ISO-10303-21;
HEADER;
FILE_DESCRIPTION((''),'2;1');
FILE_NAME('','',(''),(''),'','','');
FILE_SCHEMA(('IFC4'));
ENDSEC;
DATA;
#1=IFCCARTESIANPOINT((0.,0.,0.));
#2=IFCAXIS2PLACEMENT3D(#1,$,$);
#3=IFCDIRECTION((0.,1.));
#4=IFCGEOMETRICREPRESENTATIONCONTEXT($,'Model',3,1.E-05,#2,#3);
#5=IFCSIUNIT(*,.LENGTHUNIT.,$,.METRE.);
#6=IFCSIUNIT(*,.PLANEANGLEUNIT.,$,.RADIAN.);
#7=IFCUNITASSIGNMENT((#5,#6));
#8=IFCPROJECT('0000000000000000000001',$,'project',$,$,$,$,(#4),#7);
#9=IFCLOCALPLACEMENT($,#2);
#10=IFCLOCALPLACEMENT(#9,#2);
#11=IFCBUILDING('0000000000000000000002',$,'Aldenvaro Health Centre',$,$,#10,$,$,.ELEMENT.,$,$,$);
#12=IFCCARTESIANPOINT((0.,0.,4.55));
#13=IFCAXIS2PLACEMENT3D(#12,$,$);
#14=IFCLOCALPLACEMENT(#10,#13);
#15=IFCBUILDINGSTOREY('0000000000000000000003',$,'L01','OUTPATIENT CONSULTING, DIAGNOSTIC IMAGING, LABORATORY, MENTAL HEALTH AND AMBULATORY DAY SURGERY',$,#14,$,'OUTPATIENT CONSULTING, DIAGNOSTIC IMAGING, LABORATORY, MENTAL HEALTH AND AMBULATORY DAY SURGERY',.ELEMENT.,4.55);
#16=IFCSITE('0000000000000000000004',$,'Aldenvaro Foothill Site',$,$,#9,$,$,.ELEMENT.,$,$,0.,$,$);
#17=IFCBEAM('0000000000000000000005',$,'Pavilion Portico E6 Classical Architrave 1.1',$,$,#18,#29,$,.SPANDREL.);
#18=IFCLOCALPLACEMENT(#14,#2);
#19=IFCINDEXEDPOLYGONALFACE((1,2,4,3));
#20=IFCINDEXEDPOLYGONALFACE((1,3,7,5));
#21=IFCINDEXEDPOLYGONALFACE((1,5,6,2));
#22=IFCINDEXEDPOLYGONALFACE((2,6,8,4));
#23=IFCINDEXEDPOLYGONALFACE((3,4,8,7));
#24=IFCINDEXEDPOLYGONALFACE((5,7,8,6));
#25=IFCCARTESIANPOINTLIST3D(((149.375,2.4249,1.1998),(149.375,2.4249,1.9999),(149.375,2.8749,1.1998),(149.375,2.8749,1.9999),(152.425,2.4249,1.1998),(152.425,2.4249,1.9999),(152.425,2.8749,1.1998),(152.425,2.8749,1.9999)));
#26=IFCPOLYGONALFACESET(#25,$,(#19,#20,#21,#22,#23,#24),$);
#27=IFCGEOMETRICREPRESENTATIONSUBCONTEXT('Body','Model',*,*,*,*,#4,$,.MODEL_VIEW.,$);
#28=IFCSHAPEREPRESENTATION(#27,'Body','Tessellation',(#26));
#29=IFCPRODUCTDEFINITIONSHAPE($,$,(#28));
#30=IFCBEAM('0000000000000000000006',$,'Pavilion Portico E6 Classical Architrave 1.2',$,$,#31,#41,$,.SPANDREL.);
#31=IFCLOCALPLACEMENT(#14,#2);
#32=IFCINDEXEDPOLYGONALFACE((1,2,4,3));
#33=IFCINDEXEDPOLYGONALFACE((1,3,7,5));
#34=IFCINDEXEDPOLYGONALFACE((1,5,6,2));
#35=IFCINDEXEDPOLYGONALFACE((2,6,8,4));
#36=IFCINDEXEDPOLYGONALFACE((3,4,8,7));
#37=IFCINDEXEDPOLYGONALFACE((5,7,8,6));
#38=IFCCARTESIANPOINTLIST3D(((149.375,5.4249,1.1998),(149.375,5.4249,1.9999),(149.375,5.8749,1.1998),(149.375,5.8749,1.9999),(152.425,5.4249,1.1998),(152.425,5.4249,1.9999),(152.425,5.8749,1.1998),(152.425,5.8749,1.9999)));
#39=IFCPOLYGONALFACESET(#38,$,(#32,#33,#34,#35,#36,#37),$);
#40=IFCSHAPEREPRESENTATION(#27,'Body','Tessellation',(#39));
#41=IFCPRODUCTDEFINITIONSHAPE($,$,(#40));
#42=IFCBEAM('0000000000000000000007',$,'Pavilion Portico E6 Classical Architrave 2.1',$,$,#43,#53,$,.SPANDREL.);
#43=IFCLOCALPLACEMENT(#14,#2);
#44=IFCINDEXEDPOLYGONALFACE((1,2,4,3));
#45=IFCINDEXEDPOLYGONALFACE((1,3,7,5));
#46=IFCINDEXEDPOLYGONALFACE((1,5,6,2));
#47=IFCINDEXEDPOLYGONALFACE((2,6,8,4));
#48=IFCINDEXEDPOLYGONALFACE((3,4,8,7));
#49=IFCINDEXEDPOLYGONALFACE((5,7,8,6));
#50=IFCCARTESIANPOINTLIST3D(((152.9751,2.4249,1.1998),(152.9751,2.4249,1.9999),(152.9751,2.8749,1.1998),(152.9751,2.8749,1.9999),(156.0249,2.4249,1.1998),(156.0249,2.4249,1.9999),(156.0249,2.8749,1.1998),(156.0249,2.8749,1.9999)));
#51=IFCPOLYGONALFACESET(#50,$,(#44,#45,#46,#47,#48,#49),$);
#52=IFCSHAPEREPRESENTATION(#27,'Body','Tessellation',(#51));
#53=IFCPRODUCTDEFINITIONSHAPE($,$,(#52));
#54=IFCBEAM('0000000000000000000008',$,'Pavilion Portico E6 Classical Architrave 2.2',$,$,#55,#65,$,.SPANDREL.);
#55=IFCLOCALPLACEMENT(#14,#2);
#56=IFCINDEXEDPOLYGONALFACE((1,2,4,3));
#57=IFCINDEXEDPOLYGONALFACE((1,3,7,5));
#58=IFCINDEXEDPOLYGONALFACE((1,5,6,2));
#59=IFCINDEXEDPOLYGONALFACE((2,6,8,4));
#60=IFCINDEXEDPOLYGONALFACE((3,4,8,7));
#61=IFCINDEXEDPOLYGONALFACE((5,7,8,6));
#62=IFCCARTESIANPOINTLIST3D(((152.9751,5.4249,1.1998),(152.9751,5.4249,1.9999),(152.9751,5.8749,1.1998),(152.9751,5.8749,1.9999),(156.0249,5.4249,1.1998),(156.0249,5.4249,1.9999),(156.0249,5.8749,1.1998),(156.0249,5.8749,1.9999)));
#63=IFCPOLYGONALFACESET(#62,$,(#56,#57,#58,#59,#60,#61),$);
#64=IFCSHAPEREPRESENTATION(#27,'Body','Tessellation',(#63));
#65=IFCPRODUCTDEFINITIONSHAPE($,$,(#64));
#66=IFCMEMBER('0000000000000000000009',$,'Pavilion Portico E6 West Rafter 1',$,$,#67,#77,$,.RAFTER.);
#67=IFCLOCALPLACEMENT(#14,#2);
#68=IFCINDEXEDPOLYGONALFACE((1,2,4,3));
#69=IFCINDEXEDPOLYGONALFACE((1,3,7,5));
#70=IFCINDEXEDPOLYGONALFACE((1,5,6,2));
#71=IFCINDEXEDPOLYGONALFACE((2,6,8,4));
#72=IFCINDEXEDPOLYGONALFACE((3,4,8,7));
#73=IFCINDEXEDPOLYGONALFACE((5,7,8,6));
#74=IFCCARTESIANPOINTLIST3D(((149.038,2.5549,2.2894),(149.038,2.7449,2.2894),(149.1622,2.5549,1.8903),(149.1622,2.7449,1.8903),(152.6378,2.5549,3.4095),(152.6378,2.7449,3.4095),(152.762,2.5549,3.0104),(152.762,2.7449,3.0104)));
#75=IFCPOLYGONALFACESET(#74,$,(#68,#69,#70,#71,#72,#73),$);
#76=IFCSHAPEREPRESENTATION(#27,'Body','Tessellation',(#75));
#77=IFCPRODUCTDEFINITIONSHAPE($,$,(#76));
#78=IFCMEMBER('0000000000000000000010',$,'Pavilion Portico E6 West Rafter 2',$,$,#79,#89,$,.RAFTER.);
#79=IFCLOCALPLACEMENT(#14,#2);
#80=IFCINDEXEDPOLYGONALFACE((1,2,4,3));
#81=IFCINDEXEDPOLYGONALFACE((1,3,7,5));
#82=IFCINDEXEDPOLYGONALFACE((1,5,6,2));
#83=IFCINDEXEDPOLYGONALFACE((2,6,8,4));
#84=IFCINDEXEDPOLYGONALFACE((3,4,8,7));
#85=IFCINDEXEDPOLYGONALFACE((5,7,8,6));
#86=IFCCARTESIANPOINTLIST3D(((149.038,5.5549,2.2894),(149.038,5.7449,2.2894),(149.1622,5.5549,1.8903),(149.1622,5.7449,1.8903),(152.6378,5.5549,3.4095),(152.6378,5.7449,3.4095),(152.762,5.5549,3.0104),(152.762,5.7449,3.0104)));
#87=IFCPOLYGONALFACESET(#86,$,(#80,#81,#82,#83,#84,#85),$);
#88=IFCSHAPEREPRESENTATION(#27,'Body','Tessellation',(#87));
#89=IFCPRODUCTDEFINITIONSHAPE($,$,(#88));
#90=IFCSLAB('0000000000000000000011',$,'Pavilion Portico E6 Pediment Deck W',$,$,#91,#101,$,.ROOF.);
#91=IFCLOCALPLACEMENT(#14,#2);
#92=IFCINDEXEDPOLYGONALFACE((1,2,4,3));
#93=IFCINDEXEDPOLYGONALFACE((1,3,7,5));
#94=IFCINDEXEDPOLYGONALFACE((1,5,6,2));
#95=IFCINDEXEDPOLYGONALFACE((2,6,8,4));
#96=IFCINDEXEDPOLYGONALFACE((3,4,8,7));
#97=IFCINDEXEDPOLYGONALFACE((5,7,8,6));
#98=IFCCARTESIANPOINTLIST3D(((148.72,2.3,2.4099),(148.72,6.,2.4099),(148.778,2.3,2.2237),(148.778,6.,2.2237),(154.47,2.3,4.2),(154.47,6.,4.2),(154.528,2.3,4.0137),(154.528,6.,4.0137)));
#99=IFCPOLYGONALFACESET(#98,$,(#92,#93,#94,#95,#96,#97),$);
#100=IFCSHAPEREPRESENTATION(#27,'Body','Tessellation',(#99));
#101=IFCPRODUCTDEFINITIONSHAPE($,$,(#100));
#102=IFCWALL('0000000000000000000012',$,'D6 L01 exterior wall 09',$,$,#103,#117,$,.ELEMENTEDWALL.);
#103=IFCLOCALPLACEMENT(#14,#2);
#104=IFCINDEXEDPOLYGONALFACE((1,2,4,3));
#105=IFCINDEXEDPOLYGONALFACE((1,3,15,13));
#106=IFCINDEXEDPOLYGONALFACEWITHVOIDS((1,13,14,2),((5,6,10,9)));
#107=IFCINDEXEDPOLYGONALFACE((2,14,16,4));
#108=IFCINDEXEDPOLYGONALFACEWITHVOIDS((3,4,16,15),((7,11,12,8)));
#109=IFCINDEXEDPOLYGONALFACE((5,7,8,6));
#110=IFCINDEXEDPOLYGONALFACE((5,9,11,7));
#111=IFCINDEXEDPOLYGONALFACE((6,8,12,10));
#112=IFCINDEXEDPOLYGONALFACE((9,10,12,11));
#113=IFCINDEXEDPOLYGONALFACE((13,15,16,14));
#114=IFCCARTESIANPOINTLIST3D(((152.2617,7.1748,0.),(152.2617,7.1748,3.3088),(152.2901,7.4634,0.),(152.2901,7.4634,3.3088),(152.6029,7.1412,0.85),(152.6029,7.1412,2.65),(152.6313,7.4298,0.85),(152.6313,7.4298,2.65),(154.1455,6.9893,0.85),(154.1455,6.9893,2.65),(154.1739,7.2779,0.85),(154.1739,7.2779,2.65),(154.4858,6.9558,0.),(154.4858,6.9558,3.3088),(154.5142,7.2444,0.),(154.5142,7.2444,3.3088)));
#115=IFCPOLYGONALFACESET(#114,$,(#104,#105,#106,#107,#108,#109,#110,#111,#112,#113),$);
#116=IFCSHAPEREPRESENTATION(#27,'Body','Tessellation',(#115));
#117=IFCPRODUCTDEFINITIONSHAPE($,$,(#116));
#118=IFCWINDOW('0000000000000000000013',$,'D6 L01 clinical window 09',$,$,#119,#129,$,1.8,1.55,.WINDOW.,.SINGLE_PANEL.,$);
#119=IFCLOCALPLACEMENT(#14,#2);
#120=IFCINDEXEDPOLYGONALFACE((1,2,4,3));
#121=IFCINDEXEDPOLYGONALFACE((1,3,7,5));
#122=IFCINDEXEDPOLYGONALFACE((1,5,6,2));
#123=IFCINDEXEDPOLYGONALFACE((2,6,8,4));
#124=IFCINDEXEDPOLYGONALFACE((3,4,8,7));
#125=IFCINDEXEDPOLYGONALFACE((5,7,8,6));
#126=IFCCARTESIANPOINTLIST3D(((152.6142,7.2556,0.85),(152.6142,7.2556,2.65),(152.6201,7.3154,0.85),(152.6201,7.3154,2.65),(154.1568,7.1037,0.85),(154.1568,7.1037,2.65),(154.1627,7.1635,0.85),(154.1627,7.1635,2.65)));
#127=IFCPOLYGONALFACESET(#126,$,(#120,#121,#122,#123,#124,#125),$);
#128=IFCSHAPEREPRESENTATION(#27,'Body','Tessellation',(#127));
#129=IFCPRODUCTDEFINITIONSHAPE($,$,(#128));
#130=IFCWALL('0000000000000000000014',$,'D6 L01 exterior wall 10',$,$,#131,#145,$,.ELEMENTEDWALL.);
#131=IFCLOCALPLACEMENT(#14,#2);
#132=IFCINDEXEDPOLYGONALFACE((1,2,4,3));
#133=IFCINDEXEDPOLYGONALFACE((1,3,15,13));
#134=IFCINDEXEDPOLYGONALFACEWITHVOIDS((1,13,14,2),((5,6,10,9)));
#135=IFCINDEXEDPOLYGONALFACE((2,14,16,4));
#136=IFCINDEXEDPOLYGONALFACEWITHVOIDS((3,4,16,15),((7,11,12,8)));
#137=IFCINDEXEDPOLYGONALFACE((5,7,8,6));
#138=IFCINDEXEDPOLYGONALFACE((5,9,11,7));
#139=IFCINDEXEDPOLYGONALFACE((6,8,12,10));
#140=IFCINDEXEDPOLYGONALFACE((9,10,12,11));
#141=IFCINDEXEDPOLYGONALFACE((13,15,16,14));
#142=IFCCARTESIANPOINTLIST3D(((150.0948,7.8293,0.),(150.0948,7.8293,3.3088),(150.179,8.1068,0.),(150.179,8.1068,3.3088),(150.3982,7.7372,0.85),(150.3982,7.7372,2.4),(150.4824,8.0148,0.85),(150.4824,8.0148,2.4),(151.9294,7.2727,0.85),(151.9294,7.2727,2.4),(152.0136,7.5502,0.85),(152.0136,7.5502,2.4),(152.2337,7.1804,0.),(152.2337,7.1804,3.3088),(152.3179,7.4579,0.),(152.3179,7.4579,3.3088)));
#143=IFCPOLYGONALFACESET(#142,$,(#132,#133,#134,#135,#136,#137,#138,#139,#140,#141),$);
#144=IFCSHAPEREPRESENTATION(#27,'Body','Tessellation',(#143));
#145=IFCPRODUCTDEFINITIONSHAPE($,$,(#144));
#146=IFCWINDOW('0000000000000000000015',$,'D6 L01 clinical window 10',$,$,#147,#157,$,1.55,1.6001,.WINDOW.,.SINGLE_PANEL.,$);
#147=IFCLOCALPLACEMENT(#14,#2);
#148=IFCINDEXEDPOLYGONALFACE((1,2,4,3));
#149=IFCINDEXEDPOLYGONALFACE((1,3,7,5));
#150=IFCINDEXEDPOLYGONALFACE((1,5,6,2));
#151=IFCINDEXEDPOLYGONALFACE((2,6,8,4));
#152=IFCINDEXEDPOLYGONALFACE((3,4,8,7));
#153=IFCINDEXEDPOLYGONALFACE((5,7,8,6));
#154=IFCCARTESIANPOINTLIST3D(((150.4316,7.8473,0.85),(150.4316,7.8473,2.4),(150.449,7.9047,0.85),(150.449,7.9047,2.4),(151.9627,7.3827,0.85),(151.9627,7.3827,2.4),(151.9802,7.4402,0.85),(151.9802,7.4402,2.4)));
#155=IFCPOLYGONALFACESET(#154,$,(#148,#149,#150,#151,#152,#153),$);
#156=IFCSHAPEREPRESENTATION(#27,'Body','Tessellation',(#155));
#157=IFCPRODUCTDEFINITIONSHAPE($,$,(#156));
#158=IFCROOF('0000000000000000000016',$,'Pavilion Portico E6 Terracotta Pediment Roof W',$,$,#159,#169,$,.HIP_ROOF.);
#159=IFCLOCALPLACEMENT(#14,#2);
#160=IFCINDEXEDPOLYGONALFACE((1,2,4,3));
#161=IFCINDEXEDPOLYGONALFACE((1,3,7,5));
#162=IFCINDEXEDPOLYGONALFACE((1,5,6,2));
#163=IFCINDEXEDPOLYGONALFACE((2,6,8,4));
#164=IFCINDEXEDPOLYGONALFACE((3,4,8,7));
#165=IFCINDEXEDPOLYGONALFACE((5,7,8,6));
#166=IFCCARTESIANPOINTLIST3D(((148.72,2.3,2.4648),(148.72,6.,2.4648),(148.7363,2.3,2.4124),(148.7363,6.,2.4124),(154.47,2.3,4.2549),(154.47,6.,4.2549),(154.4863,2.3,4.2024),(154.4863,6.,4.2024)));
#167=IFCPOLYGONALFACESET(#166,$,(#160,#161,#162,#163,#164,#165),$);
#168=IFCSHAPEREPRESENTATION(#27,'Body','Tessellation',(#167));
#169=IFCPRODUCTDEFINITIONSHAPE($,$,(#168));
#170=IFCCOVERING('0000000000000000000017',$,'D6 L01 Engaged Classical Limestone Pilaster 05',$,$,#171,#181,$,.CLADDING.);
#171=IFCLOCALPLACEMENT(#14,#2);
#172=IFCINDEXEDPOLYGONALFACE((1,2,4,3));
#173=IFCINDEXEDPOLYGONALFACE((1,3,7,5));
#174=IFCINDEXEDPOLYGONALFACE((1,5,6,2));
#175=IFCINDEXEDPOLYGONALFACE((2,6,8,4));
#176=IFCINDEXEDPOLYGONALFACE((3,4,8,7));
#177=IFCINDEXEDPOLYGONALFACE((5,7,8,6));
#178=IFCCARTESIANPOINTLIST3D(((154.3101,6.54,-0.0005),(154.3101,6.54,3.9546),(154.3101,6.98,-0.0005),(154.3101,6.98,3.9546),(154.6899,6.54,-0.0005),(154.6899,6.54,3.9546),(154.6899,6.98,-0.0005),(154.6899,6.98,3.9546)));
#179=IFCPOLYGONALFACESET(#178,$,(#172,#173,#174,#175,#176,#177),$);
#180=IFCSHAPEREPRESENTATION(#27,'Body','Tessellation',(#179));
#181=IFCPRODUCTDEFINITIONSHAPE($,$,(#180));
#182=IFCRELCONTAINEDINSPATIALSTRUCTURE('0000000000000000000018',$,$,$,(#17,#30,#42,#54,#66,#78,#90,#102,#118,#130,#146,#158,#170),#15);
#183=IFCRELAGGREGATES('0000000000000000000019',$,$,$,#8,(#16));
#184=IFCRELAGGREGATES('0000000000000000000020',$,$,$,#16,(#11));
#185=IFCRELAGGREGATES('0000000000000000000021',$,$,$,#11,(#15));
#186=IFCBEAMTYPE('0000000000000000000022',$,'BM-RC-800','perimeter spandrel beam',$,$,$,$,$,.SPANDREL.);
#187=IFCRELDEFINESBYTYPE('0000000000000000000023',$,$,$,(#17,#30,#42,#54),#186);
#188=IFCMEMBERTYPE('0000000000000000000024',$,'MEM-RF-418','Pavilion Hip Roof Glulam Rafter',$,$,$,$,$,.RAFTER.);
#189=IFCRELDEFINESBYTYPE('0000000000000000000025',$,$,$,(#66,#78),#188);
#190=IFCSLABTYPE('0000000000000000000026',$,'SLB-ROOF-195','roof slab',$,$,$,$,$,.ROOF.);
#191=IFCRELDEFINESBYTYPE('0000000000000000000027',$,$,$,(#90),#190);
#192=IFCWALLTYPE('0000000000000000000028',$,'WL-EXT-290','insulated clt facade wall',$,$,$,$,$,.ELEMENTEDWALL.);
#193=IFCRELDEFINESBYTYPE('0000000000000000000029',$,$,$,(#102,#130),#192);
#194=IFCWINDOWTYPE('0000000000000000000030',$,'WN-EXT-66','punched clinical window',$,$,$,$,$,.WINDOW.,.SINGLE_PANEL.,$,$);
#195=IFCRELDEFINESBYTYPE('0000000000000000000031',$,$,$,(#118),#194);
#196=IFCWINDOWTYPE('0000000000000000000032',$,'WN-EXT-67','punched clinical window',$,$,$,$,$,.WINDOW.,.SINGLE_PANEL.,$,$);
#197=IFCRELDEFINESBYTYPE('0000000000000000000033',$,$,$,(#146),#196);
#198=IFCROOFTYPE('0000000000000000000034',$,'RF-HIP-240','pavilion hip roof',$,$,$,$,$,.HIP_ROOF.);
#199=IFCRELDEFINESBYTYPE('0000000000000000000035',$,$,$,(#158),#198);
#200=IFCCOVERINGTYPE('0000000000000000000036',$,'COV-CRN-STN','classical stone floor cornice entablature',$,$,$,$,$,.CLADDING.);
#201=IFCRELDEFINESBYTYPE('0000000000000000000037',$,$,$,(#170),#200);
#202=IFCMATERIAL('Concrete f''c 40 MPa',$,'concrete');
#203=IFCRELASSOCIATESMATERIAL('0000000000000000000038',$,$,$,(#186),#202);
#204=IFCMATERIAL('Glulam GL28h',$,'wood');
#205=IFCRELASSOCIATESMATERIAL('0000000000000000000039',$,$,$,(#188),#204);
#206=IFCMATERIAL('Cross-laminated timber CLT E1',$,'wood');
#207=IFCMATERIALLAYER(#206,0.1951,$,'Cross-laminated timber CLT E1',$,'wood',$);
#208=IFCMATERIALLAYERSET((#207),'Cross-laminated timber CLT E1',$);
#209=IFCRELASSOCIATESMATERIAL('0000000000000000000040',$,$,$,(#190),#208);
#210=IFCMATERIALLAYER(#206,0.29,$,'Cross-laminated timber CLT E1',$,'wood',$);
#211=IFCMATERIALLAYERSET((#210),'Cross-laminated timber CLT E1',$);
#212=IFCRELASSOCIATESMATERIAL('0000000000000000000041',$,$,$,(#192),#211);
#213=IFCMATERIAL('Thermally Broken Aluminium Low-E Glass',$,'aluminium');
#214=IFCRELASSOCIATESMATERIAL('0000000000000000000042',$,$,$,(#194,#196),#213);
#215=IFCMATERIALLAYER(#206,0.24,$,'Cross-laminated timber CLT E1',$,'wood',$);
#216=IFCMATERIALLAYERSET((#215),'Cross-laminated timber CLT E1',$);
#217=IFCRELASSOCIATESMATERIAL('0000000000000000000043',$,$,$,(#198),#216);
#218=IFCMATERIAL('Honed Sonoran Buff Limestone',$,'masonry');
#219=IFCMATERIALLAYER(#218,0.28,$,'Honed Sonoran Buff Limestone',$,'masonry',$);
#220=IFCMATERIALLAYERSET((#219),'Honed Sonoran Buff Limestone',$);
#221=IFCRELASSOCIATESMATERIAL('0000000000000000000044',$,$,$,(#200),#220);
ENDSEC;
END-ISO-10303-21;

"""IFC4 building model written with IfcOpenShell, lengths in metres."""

from ifc_helpers import new_model, si_unit, direction, frame, frame_2d, origin, origin_2d, place, context, subcontext, project, spatial, polyline, rectangle, outline, extrude, material, layer, layer_set, material_profile, profile_set, type_object, element, fill, save


model = new_model("IFC4")

# Units and contexts
model_context = context("Model", 3, precision=1e-05, world=origin(), true_north=direction((0.0, 1.0)))
body_context = subcontext(model_context, "Body", "Model", "MODEL_VIEW")
ifc_project = project(units=[si_unit("LENGTHUNIT", "METRE"), si_unit("PLANEANGLEUNIT", "RADIAN")], contexts=[model_context])

# Site, building, storey
site_placement = place(None, origin())
site = spatial("IfcSite", under=ifc_project, at=site_placement, Name="Aldenvaro Foothill Site", CompositionType="ELEMENT", RefElevation=0.0)
building_placement = place(site_placement, origin())
building = spatial("IfcBuilding", under=site, at=building_placement, Name="Aldenvaro Health Centre", CompositionType="ELEMENT")
storey_placement = place(building_placement, frame((0.0, 0.0, 4.55)))
storey = spatial("IfcBuildingStorey", under=building, at=storey_placement, Name="L01", Description="OUTPATIENT CONSULTING, DIAGNOSTIC IMAGING, LABORATORY, MENTAL HEALTH AND AMBULATORY DAY SURGERY", LongName="OUTPATIENT CONSULTING, DIAGNOSTIC IMAGING, LABORATORY, MENTAL HEALTH AND AMBULATORY DAY SURGERY", CompositionType="ELEMENT", Elevation=4.55)

# Shared definitions
ifc_material_1 = material(Name="Concrete f'c 40 MPa", Category="concrete")

# Beams
ifc_material_2 = material(Name="Glulam GL28h", Category="wood")
ifc_material_profile_1 = material_profile(ifc_material_1, rectangle(XDim=0.45, YDim=0.8, at=origin_2d()), Name="RC 450x800", Category="concrete")
ifc_profile_set_1 = profile_set([ifc_material_profile_1], Name="Concrete f'c 40 MPa")
beam_type_1 = type_object("IfcBeamType", Name="BM-RC-800", Description="perimeter spandrel beam", PredefinedType="SPANDREL", material=ifc_profile_set_1)
for number, where, z_axis, x_axis, name in (
    (1, (149.375, 2.6499, 1.5999), (1.0, 0.0, 0.0), (0.0, 1.0, 0.0), "Pavilion Portico E6 Classical Architrave 1.1"),
    (2, (149.375, 5.6499, 1.5999), (1.0, 0.0, 0.0), (0.0, 1.0, 0.0), "Pavilion Portico E6 Classical Architrave 1.2"),
):
    element("IfcBeam", number, at=place(storey_placement, frame(where, z_axis=z_axis, x_axis=x_axis)), inside=storey, type_object=beam_type_1, Name=name, PredefinedType="SPANDREL", context=body_context, shape_type="SweptSolid", body=[
        extrude(rectangle(XDim=0.45, YDim=0.8, at=origin_2d()), origin(), (0.0, 0.0, 1.0), 3.05),
    ])
for number, where, z_axis, x_axis, name in (
    (3, (152.9751, 2.6499, 1.5999), (1.0, 0.0, 0.0), (0.0, 1.0, 0.0), "Pavilion Portico E6 Classical Architrave 2.1"),
    (4, (152.9751, 5.6499, 1.5999), (1.0, 0.0, 0.0), (0.0, 1.0, 0.0), "Pavilion Portico E6 Classical Architrave 2.2"),
):
    element("IfcBeam", number, at=place(storey_placement, frame(where, z_axis=z_axis, x_axis=x_axis)), inside=storey, type_object=beam_type_1, Name=name, PredefinedType="SPANDREL", context=body_context, shape_type="SweptSolid", body=[
        extrude(rectangle(XDim=0.45, YDim=0.8, at=origin_2d()), origin(), (0.0, 0.0, 1.0), 3.0498),
    ])

# Members
ifc_material_profile_2 = material_profile(ifc_material_2, rectangle(XDim=0.1899, YDim=0.418, at=origin_2d()), Name="GL 190x418", Category="wood")
ifc_profile_set_2 = profile_set([ifc_material_profile_2], Name="Glulam GL28h")
member_type = type_object("IfcMemberType", Name="MEM-RF-418", Description="Pavilion Hip Roof Glulam Rafter", PredefinedType="RAFTER", material=ifc_profile_set_2)
for number, where, z_axis, x_axis, name in (
    (5, (149.1001, 2.6499, 2.0898), (0.954845, 0.0, 0.297106), (0.0, 1.0, 0.0), "Pavilion Portico E6 West Rafter 1"),
    (6, (149.1001, 5.6499, 2.0898), (0.954845, 0.0, 0.297106), (0.0, 1.0, 0.0), "Pavilion Portico E6 West Rafter 2"),
):
    element("IfcMember", number, at=place(storey_placement, frame(where, z_axis=z_axis, x_axis=x_axis)), inside=storey, type_object=member_type, Name=name, PredefinedType="RAFTER", context=body_context, shape_type="SweptSolid", body=[
        extrude(rectangle(XDim=0.1899, YDim=0.418, at=origin_2d()), origin(), (0.0, 0.0, 1.0), 3.77),
    ])

# Slab
ifc_material_3 = material(Name="Cross-laminated timber CLT E1", Category="wood")
ifc_layer_1 = layer(ifc_material_3, 0.1951, Name="Cross-laminated timber CLT E1", Category="wood")
ifc_layer_set_1 = layer_set([ifc_layer_1], Name="Cross-laminated timber CLT E1")
slab_type = type_object("IfcSlabType", Name="SLB-ROOF-195", Description="roof slab", PredefinedType="ROOF", material=ifc_layer_set_1)
slab_placement = place(storey_placement, frame((148.72, 2.3, 2.4099), z_axis=(-0.297241, 0.0, 0.954803), x_axis=(0.954803, 0.0, 0.297241)))
element("IfcSlab", 7, at=slab_placement, inside=storey, type_object=slab_type, Name="Pavilion Portico E6 Pediment Deck W", PredefinedType="ROOF", context=body_context, shape_type="SweptSolid", body=[
    extrude(outline(polyline([(0.0, 0.0), (6.0222, 0.0), (6.0222, 3.7), (0.0, 3.7), (0.0, 0.0)])), origin(), (0.0, 0.0, -1.0), 0.1951),
])

# Walls, openings, windows
ifc_layer_2 = layer(ifc_material_3, 0.29, Name="Cross-laminated timber CLT E1", Category="wood")
ifc_layer_set_2 = layer_set([ifc_layer_2], Name="Cross-laminated timber CLT E1")
wall_type = type_object("IfcWallType", Name="WL-EXT-290", Description="insulated clt facade wall", PredefinedType="ELEMENTEDWALL", material=ifc_layer_set_2)
wall_1_placement = place(storey_placement, frame((154.5, 7.1001, 0.0), z_axis=(0.0, 0.0, 1.0), x_axis=(-0.995187, 0.097989, 0.0)))
wall_1 = element("IfcWall", 8, at=wall_1_placement, inside=storey, type_object=wall_type, Name="D6 L01 exterior wall 09", PredefinedType="ELEMENTEDWALL", context=body_context, shape_type="SweptSolid", body=[
    extrude(rectangle(XDim=2.2349, YDim=0.29, at=frame_2d((1.1174, 0.0))), origin(), (0.0, 0.0, 1.0), 3.3088),
])
opening_1_placement = place(wall_1_placement, frame((0.342, 0.0, 0.8501)))
opening_1 = element("IfcOpeningElement", 9, at=opening_1_placement, cuts=wall_1, PredefinedType="OPENING", context=body_context, shape_type="SweptSolid", body=[
    extrude(rectangle(XDim=1.55, YDim=1.8, at=frame_2d((0.7749, 0.8999))), frame((0.0, 0.155, 0.0), z_axis=(0.0, -1.0, 0.0), x_axis=(1.0, 0.0, 0.0)), (0.0, 0.0, 1.0), 0.3101),
])
ifc_material_4 = material(Name="Thermally Broken Aluminium Low-E Glass", Category="aluminium")
window_type_1 = type_object("IfcWindowType", Name="WN-EXT-66", Description="punched clinical window", PartitioningType="SINGLE_PANEL", PredefinedType="WINDOW", material=ifc_material_4)
window_1_placement = place(opening_1_placement, origin())
window_1 = element("IfcWindow", 10, at=window_1_placement, inside=storey, type_object=window_type_1, Name="D6 L01 clinical window 09", OverallHeight=1.8, OverallWidth=1.55, PartitioningType="SINGLE_PANEL", PredefinedType="WINDOW", context=body_context, shape_type="SweptSolid", body=[
    extrude(rectangle(XDim=1.55, YDim=1.8, at=frame_2d((0.7749, 0.8999))), frame((0.0, 0.03, 0.0), z_axis=(0.0, -1.0, 0.0), x_axis=(1.0, 0.0, 0.0)), (0.0, 0.0, 1.0), 0.0601),
])
fill(opening_1, window_1)
wall_2_placement = place(storey_placement, frame((152.2759, 7.3191, 0.0), z_axis=(0.0, 0.0, 1.0), x_axis=(-0.956929, 0.290323, 0.0)))
wall_2 = element("IfcWall", 11, at=wall_2_placement, inside=storey, type_object=wall_type, Name="D6 L01 exterior wall 10", PredefinedType="ELEMENTEDWALL", context=body_context, shape_type="SweptSolid", body=[
    extrude(rectangle(XDim=2.2351, YDim=0.29, at=frame_2d((1.1177, 0.0))), origin(), (0.0, 0.0, 1.0), 3.3088),
])
opening_2_placement = place(wall_2_placement, frame((0.3181, 0.0, 0.8501)))
opening_2 = element("IfcOpeningElement", 12, at=opening_2_placement, cuts=wall_2, PredefinedType="OPENING", context=body_context, shape_type="SweptSolid", body=[
    extrude(rectangle(XDim=1.6001, YDim=1.55, at=frame_2d((0.8, 0.7749))), frame((0.0, 0.155, 0.0), z_axis=(0.0, -1.0, 0.0), x_axis=(1.0, 0.0, 0.0)), (0.0, 0.0, 1.0), 0.3101),
])
window_type_2 = type_object("IfcWindowType", Name="WN-EXT-67", Description="punched clinical window", PartitioningType="SINGLE_PANEL", PredefinedType="WINDOW", material=ifc_material_4)
window_2_placement = place(opening_2_placement, origin())
window_2 = element("IfcWindow", 13, at=window_2_placement, inside=storey, type_object=window_type_2, Name="D6 L01 clinical window 10", OverallHeight=1.55, OverallWidth=1.6001, PartitioningType="SINGLE_PANEL", PredefinedType="WINDOW", context=body_context, shape_type="SweptSolid", body=[
    extrude(rectangle(XDim=1.6001, YDim=1.55, at=frame_2d((0.8, 0.7749))), frame((0.0, 0.03, 0.0), z_axis=(0.0, -1.0, 0.0), x_axis=(1.0, 0.0, 0.0)), (0.0, 0.0, 1.0), 0.0601),
])
fill(opening_2, window_2)

# Roof
ifc_layer_3 = layer(ifc_material_3, 0.24, Name="Cross-laminated timber CLT E1", Category="wood")
ifc_layer_set_3 = layer_set([ifc_layer_3], Name="Cross-laminated timber CLT E1")
roof_type = type_object("IfcRoofType", Name="RF-HIP-240", Description="pavilion hip roof", PredefinedType="HIP_ROOF", material=ifc_layer_set_3)
roof_placement = place(storey_placement, frame((148.72, 2.3, 2.4648), z_axis=(-0.297241, 0.0, 0.954803), x_axis=(0.954803, 0.0, 0.297241)))
element("IfcRoof", 14, at=roof_placement, inside=storey, type_object=roof_type, Name="Pavilion Portico E6 Terracotta Pediment Roof W", PredefinedType="HIP_ROOF", context=body_context, shape_type="SweptSolid", body=[
    extrude(outline(polyline([(0.0, 0.0), (6.0222, 0.0), (6.0222, 3.7), (0.0, 3.7), (0.0, 0.0)])), origin(), (0.0, 0.0, -1.0), 0.0549),
])

# Covering
ifc_material_5 = material(Name="Honed Sonoran Buff Limestone", Category="masonry")
ifc_layer_4 = layer(ifc_material_5, 0.28, Name="Honed Sonoran Buff Limestone", Category="masonry")
ifc_layer_set_4 = layer_set([ifc_layer_4], Name="Honed Sonoran Buff Limestone")
covering_type = type_object("IfcCoveringType", Name="COV-CRN-STN", Description="classical stone floor cornice entablature", PredefinedType="CLADDING", material=ifc_layer_set_4)
covering_1_placement = place(storey_placement, frame((154.5, 6.76, -0.0005), z_axis=(0.0, 0.0, 1.0), x_axis=(0.0, -1.0, 0.0)))
element("IfcCovering", 15, at=covering_1_placement, inside=storey, type_object=covering_type, Name="D6 L01 Engaged Classical Limestone Pilaster 05", PredefinedType="CLADDING", context=body_context, shape_type="SweptSolid", body=[
    extrude(rectangle(XDim=0.4399, YDim=0.3799, at=origin_2d()), origin(), (0.0, 0.0, 1.0), 3.9551),
])

save(model, "model.ifc")
